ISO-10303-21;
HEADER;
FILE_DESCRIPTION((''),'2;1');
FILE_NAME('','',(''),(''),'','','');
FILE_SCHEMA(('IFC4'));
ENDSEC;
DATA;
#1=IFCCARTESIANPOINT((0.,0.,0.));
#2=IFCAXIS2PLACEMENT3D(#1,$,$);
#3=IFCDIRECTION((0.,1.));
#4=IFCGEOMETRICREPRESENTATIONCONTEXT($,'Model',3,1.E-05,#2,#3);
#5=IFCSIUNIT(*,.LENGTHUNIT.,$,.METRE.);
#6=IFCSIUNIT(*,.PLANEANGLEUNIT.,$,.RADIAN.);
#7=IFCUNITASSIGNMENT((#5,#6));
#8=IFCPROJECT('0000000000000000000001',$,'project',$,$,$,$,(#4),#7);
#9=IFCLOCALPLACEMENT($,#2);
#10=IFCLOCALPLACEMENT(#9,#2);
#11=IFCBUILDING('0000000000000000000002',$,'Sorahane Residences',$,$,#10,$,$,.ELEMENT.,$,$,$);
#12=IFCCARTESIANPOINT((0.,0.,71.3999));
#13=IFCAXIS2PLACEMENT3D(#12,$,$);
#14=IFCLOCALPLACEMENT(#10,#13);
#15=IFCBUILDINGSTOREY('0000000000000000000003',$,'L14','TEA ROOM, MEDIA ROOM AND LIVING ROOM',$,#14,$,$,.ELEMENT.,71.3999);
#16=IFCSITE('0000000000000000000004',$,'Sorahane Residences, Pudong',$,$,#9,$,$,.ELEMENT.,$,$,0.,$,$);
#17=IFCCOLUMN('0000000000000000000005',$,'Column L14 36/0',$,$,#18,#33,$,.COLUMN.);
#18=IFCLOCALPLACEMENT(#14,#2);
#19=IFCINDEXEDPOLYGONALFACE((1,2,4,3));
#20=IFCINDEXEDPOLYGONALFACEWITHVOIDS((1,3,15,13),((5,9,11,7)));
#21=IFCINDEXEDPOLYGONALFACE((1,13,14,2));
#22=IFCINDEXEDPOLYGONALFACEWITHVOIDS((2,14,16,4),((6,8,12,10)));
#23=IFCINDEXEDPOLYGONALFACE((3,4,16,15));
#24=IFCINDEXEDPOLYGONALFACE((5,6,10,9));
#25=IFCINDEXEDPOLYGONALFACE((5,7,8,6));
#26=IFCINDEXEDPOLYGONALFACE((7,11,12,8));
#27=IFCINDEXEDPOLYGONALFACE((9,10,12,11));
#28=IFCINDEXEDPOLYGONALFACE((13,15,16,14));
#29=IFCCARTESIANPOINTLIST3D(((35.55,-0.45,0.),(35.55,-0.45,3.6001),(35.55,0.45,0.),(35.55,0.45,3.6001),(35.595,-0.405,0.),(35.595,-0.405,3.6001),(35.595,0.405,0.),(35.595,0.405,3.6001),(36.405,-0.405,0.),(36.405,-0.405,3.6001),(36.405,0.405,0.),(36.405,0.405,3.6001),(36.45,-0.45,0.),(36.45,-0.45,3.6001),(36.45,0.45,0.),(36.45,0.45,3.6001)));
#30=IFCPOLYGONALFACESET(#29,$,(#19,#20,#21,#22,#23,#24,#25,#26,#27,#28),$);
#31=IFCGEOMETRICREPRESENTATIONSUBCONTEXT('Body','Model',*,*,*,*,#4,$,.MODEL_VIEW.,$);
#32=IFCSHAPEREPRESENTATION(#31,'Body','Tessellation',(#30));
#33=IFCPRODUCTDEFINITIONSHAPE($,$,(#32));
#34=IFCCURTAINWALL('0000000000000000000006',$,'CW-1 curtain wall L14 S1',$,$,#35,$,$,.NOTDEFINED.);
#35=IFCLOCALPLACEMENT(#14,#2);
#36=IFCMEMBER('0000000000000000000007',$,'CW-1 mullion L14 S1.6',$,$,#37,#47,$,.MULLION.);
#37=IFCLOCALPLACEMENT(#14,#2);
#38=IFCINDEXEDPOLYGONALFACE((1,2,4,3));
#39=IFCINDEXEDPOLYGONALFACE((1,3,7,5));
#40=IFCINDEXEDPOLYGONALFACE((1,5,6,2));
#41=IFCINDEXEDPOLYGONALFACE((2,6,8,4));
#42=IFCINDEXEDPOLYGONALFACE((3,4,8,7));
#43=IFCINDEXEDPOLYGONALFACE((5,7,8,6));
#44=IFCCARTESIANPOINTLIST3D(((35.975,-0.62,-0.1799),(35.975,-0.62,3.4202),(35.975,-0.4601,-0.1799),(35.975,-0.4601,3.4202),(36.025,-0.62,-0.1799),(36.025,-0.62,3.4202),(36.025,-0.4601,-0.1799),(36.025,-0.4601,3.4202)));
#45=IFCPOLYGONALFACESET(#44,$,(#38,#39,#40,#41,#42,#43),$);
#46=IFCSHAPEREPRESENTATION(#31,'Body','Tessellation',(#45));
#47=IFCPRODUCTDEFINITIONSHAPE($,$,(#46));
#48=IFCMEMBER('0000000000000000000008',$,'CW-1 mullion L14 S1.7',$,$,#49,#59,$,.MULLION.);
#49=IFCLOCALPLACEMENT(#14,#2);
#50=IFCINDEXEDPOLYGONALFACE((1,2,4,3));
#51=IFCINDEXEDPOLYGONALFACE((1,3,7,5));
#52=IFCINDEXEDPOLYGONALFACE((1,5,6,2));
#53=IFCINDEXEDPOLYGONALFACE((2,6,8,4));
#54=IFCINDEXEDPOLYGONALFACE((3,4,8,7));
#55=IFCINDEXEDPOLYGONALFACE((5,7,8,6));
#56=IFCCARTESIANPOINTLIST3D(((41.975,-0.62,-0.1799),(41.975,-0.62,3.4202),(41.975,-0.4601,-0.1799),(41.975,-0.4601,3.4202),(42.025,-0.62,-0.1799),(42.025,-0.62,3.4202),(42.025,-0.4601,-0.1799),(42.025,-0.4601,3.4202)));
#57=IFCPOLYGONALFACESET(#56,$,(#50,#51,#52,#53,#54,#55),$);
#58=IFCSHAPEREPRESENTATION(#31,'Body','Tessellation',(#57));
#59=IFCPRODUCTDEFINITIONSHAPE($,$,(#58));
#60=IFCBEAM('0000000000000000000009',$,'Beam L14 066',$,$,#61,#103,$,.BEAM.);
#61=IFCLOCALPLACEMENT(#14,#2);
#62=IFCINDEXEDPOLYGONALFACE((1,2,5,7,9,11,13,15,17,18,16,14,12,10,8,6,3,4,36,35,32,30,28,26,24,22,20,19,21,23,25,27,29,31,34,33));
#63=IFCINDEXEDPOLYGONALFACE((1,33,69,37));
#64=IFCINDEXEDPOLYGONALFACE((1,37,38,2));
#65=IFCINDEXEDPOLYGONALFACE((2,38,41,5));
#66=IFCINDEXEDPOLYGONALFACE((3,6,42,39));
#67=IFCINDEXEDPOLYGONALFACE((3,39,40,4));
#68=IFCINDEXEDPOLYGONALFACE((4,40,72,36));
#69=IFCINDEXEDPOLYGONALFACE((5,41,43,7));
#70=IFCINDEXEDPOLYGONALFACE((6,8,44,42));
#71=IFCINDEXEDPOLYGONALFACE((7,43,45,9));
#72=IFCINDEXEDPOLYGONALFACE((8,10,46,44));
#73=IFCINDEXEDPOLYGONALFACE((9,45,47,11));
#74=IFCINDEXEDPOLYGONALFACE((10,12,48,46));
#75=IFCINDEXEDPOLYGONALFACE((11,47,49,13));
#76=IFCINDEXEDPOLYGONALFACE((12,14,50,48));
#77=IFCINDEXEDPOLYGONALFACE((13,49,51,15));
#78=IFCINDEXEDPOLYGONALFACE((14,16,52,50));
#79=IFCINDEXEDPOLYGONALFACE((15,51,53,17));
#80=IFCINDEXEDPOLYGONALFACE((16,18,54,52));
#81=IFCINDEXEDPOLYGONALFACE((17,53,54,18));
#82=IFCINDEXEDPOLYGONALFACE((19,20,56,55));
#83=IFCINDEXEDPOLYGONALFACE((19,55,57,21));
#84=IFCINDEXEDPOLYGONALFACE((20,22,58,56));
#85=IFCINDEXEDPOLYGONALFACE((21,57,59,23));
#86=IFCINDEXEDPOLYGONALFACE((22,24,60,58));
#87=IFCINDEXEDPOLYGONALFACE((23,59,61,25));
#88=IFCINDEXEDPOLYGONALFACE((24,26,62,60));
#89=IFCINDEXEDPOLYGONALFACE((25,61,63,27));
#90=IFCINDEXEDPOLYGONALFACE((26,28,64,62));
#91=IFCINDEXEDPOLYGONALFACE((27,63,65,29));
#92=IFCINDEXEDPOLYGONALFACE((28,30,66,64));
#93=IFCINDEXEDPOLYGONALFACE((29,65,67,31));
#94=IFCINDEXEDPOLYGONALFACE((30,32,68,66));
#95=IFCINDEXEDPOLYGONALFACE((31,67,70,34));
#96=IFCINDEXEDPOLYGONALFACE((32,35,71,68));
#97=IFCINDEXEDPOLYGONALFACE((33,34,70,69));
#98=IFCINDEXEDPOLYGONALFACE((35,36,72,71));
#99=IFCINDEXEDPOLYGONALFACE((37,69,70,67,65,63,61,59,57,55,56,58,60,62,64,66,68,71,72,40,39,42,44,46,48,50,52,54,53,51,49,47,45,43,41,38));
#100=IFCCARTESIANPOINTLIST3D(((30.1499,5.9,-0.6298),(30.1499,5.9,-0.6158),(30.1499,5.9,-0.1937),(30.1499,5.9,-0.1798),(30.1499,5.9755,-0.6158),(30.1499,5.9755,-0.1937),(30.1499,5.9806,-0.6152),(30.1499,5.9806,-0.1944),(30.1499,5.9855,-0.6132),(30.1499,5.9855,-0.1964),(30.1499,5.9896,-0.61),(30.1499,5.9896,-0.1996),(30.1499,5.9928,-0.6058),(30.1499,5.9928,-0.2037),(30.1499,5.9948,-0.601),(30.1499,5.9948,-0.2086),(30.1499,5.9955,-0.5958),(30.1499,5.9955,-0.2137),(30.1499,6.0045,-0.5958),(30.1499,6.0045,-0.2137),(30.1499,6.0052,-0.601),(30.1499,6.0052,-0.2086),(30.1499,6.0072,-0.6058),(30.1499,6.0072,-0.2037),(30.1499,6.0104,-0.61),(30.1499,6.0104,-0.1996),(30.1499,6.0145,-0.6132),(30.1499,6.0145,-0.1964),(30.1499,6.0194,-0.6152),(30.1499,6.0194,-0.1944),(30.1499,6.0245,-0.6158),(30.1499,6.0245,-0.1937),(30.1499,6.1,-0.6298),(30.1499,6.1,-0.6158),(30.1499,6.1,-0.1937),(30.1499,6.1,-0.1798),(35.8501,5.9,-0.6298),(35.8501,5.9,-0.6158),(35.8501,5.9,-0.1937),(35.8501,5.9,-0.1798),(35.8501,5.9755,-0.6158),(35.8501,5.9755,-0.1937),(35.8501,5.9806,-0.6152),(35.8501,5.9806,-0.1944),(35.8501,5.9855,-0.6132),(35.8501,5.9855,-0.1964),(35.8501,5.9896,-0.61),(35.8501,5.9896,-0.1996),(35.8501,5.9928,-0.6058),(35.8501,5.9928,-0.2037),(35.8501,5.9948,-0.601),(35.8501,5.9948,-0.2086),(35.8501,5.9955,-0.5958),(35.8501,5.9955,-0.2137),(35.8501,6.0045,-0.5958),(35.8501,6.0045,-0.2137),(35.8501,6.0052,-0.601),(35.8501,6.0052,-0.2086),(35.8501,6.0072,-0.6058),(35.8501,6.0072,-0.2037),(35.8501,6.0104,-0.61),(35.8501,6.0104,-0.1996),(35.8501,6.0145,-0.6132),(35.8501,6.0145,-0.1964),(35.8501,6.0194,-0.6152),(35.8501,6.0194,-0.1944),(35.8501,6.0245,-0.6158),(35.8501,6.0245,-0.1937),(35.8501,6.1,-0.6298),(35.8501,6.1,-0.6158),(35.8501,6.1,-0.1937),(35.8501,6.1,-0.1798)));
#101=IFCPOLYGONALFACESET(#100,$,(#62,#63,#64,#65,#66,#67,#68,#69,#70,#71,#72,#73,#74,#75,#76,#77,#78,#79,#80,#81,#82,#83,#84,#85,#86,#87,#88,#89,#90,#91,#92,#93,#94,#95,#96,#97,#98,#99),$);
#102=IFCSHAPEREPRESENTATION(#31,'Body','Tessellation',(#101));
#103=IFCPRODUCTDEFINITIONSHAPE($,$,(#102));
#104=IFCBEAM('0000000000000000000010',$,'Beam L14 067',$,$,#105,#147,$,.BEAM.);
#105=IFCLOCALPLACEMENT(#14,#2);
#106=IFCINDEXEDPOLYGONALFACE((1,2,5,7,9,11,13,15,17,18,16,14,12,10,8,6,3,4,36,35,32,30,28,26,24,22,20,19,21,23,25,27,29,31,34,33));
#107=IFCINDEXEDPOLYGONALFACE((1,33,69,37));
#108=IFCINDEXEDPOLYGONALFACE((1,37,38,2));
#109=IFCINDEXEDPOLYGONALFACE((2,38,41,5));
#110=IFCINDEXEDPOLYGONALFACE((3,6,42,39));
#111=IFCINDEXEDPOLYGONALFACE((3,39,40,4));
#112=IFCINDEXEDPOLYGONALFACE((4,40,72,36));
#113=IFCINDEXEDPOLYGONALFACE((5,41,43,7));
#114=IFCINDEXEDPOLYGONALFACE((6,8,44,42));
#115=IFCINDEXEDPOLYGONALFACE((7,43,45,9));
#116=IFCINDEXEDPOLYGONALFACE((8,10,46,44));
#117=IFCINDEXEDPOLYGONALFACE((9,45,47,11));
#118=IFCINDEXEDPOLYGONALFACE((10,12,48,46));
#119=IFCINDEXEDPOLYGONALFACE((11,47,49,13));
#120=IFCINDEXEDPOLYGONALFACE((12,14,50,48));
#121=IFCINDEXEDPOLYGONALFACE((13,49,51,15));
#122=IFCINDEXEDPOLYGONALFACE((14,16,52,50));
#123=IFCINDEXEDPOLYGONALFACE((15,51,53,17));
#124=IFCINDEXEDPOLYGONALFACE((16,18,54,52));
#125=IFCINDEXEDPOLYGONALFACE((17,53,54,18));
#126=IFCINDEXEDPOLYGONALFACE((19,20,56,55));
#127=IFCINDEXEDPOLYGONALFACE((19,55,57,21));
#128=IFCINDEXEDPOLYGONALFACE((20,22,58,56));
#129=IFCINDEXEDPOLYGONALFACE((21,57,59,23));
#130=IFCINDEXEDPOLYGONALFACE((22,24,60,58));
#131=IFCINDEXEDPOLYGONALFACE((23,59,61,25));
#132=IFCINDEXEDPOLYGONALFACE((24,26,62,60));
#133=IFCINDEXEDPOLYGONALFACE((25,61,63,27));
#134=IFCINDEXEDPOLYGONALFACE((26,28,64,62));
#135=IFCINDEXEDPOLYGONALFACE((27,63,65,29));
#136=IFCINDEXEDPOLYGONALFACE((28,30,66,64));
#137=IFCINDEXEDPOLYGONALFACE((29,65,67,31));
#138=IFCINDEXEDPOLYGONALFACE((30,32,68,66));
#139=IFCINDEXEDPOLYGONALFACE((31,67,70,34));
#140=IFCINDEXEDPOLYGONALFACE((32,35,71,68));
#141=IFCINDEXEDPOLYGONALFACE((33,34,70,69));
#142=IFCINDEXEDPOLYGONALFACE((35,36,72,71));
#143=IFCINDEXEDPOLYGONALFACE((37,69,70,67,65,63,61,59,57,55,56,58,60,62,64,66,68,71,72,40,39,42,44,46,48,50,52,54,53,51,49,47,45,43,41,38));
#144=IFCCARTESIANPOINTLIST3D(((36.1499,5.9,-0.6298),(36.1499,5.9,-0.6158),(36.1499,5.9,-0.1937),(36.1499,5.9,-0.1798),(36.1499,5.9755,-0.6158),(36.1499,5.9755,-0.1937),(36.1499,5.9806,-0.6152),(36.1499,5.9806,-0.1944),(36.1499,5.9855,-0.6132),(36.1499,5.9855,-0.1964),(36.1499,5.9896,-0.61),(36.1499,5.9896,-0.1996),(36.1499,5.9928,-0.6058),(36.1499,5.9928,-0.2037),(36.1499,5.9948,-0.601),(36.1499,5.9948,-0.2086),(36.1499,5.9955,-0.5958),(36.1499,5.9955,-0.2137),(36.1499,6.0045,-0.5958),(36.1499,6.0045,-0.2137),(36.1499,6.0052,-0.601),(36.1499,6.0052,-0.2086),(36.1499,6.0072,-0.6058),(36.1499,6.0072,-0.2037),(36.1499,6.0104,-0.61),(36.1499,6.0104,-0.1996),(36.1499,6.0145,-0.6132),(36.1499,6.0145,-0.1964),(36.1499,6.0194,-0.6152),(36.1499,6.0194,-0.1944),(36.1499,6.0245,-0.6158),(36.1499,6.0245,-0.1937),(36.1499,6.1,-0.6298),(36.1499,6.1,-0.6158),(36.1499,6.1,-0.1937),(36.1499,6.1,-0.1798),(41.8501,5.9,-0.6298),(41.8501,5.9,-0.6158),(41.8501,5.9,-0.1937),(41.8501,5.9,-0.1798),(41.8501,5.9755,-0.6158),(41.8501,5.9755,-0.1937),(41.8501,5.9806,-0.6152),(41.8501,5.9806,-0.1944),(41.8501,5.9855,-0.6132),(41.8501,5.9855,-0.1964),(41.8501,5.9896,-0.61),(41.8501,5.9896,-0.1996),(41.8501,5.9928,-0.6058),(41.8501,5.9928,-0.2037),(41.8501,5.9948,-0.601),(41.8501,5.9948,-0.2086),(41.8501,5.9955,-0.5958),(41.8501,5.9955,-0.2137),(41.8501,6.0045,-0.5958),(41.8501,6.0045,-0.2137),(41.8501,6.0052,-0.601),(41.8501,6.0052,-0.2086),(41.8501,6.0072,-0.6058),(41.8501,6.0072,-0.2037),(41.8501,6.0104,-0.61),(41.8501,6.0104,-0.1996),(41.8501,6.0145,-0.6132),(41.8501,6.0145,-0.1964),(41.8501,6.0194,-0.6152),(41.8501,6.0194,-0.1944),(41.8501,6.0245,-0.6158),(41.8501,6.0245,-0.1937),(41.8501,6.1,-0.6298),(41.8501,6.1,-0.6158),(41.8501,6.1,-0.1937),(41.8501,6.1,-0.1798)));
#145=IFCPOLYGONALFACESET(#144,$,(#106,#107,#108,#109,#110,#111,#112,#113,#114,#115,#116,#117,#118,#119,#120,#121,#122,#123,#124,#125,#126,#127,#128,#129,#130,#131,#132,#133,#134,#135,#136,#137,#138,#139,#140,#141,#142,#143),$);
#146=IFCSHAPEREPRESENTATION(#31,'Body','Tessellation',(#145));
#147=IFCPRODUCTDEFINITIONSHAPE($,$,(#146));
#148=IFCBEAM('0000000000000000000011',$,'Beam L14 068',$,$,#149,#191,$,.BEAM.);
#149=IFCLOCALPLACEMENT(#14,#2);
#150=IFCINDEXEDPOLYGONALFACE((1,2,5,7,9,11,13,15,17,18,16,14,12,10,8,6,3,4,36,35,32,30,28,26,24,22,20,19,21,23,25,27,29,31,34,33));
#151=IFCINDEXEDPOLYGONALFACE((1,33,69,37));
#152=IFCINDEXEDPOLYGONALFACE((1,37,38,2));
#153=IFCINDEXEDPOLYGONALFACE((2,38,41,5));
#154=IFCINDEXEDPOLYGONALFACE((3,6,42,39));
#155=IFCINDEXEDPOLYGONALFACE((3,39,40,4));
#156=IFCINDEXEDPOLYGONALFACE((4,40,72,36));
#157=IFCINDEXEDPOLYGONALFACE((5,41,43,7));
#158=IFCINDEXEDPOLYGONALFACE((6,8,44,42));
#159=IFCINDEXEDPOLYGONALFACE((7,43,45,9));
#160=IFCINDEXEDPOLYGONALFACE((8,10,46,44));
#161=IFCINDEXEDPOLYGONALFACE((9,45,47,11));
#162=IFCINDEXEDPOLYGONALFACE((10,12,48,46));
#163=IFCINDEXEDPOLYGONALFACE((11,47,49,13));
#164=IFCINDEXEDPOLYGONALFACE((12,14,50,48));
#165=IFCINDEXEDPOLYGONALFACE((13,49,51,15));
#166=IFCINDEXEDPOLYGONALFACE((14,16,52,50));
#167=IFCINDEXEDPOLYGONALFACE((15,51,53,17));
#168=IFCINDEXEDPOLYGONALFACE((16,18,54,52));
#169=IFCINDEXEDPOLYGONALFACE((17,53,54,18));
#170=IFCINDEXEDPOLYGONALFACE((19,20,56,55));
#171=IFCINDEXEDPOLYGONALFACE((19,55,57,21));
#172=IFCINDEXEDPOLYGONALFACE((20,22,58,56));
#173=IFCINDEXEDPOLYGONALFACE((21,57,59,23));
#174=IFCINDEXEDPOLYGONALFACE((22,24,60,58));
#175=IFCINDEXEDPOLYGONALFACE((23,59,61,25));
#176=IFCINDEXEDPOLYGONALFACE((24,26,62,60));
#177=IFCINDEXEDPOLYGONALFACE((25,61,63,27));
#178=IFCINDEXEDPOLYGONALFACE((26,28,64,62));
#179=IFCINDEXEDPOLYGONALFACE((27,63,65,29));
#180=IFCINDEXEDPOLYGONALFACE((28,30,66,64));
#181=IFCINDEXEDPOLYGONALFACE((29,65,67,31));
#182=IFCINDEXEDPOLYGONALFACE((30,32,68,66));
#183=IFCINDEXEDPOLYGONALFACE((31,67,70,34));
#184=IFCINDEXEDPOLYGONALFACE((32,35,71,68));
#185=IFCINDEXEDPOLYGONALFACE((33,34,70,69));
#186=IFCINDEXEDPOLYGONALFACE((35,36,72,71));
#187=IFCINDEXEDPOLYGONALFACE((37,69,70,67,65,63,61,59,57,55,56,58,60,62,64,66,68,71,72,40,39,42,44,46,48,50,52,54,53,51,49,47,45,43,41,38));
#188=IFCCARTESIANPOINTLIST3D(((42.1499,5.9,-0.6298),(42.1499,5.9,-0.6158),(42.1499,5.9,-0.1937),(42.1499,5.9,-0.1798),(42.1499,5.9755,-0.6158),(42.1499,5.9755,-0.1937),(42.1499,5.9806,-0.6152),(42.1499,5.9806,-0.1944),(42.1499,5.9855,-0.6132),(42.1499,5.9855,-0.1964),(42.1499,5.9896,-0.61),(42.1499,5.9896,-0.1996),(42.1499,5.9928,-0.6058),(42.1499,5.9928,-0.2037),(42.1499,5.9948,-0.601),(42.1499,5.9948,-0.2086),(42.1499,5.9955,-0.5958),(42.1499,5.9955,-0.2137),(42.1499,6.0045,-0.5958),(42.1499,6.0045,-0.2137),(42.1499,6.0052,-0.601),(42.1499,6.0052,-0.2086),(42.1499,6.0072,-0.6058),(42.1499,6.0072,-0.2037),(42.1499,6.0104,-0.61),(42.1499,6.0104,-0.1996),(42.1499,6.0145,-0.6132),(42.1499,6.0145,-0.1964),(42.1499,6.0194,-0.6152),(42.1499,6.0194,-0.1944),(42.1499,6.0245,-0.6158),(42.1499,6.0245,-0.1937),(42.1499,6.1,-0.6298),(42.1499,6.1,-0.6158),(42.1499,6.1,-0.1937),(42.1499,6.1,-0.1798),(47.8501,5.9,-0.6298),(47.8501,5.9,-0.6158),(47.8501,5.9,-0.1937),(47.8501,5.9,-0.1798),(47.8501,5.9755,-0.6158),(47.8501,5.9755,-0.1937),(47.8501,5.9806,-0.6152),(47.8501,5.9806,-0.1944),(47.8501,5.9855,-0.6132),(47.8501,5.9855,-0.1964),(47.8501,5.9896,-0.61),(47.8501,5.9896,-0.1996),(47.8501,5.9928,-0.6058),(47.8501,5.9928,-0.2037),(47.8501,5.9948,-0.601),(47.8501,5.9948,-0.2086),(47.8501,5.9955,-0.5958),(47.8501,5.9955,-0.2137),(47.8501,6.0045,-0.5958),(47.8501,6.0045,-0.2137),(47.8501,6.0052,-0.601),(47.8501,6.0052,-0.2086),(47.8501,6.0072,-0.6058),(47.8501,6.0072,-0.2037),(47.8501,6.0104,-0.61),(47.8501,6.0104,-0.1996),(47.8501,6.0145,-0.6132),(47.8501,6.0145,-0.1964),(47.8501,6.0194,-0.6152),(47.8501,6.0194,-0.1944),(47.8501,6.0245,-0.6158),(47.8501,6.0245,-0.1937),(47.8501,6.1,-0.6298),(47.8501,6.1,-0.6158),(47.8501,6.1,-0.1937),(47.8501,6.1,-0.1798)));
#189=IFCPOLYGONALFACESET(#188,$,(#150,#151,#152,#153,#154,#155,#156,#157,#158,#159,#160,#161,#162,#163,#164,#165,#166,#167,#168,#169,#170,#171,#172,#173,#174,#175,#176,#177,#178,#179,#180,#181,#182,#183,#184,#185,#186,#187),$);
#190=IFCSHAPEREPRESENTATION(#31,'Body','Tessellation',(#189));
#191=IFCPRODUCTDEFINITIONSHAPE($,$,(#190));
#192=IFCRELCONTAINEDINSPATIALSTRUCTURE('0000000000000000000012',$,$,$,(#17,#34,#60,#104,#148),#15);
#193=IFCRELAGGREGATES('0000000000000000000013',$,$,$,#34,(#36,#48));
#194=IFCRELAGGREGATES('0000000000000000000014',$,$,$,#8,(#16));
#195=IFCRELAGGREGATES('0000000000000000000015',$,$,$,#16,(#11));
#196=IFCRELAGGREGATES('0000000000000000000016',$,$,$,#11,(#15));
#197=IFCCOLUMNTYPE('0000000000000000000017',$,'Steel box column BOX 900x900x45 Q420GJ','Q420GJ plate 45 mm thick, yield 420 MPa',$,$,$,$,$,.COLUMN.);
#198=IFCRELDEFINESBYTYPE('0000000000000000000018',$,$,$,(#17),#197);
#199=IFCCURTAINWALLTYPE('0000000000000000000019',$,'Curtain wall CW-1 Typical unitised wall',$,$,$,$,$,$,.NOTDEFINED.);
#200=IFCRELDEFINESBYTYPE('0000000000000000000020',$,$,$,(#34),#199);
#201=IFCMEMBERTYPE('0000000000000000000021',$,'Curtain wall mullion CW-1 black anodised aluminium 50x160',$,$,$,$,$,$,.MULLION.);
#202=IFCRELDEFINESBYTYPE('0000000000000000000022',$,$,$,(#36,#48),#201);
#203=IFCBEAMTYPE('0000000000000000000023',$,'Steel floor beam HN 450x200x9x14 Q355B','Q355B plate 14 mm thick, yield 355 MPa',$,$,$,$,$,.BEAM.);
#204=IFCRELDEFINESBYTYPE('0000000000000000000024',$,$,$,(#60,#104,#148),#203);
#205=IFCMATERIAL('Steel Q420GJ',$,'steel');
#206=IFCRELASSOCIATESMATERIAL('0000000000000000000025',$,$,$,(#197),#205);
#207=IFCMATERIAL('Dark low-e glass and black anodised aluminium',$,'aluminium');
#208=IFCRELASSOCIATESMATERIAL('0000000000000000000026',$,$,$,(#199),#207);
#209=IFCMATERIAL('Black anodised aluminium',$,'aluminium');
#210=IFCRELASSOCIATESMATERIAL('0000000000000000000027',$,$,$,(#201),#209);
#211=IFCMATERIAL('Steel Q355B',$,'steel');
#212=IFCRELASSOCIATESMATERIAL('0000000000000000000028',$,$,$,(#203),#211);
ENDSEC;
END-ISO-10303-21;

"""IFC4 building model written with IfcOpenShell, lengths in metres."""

from ifc_helpers import new_model, si_unit, direction, frame, origin, origin_2d, place, context, subcontext, project, spatial, rectangle, hollow_rectangle, i_section, extrude, material, material_profile, profile_set, type_object, element, aggregate, save


model = new_model("IFC4")

# Units and contexts
model_context = context("Model", 3, precision=1e-05, world=origin(), true_north=direction((0.0, 1.0)))
body_context = subcontext(model_context, "Body", "Model", "MODEL_VIEW")
ifc_project = project(units=[si_unit("LENGTHUNIT", "METRE"), si_unit("PLANEANGLEUNIT", "RADIAN")], contexts=[model_context])

# Site, building, storey
site_placement = place(None, origin())
site = spatial("IfcSite", under=ifc_project, at=site_placement, Name="Sorahane Residences, Pudong", CompositionType="ELEMENT", RefElevation=0.0)
building_placement = place(site_placement, origin())
building = spatial("IfcBuilding", under=site, at=building_placement, Name="Sorahane Residences", CompositionType="ELEMENT")
storey_placement = place(building_placement, frame((0.0, 0.0, 71.3999)))
storey = spatial("IfcBuildingStorey", under=building, at=storey_placement, Name="L14", Description="TEA ROOM, MEDIA ROOM AND LIVING ROOM", CompositionType="ELEMENT", Elevation=71.3999)

# Column
ifc_material_1 = material(Name="Steel Q420GJ", Category="steel")
ifc_material_profile_1 = material_profile(ifc_material_1, hollow_rectangle(XDim=0.8999, YDim=0.8999, WallThickness=0.0449, at=origin_2d()), Name="BOX 900x900x45")
ifc_profile_set_1 = profile_set([ifc_material_profile_1], Name="Steel Q420GJ")
column_type = type_object("IfcColumnType", Name="Steel box column BOX 900x900x45 Q420GJ", Description="Q420GJ plate 45 mm thick, yield 420 MPa", PredefinedType="COLUMN", material=ifc_profile_set_1)
column_placement = place(storey_placement, frame((36.0, 0.0, 0.0), z_axis=(0.0, 0.0, 1.0), x_axis=(1.0, 0.0, 0.0)))
element("IfcColumn", 1, at=column_placement, inside=storey, type_object=column_type, Name="Column L14 36/0", PredefinedType="COLUMN", context=body_context, shape_type="SweptSolid", body=[
    extrude(hollow_rectangle(XDim=0.8999, YDim=0.8999, WallThickness=0.0449, at=origin_2d()), origin(), (0.0, 0.0, 1.0), 3.6001),
])

# Curtain wall, members
ifc_material_2 = material(Name="Dark low-e glass and black anodised aluminium", Category="aluminium")
curtain_wall_type = type_object("IfcCurtainWallType", Name="Curtain wall CW-1 Typical unitised wall", PredefinedType="NOTDEFINED", material=ifc_material_2)
curtain_wall_placement = place(storey_placement, origin())
curtain_wall = element("IfcCurtainWall", 2, at=curtain_wall_placement, inside=storey, type_object=curtain_wall_type, Name="CW-1 curtain wall L14 S1", PredefinedType="NOTDEFINED")
ifc_material_3 = material(Name="Black anodised aluminium", Category="aluminium")
ifc_material_profile_2 = material_profile(ifc_material_3, rectangle(XDim=0.1599, YDim=0.05, at=origin_2d()), Name="Curtain wall mullion CW-1 black anodised aluminium 50x160")
ifc_profile_set_2 = profile_set([ifc_material_profile_2], Name="Black anodised aluminium")
member_type = type_object("IfcMemberType", Name="Curtain wall mullion CW-1 black anodised aluminium 50x160", PredefinedType="MULLION", material=ifc_profile_set_2)
member_1_placement = place(storey_placement, frame((36.0, -0.54, -0.1799), z_axis=(0.0, 0.0, 1.0), x_axis=(0.0, -1.0, 0.0)))
member_1 = element("IfcMember", 3, at=member_1_placement, type_object=member_type, Name="CW-1 mullion L14 S1.6", PredefinedType="MULLION", context=body_context, shape_type="SweptSolid", body=[
    extrude(rectangle(XDim=0.1599, YDim=0.05, at=origin_2d()), origin(), (0.0, 0.0, 1.0), 3.6001),
])
member_2_placement = place(storey_placement, frame((42.0, -0.54, -0.1799), z_axis=(0.0, 0.0, 1.0), x_axis=(0.0, -1.0, 0.0)))
member_2 = element("IfcMember", 4, at=member_2_placement, type_object=member_type, Name="CW-1 mullion L14 S1.7", PredefinedType="MULLION", context=body_context, shape_type="SweptSolid", body=[
    extrude(rectangle(XDim=0.1599, YDim=0.05, at=origin_2d()), origin(), (0.0, 0.0, 1.0), 3.6001),
])

# Beams
ifc_material_4 = material(Name="Steel Q355B", Category="steel")
ifc_material_profile_3 = material_profile(ifc_material_4, i_section(OverallWidth=0.2, OverallDepth=0.45, WebThickness=0.009, FlangeThickness=0.0139, FilletRadius=0.02, at=origin_2d()), Name="HN 450x200x9x14")
ifc_profile_set_3 = profile_set([ifc_material_profile_3], Name="Steel Q355B")
beam_type_1 = type_object("IfcBeamType", Name="Steel floor beam HN 450x200x9x14 Q355B", Description="Q355B plate 14 mm thick, yield 355 MPa", PredefinedType="BEAM", material=ifc_profile_set_3)
for number, where, z_axis, x_axis, name in (
    (5, (30.1499, 6.0, -0.4048), (1.0, 0.0, 0.0), (0.0, 1.0, 0.0), "Beam L14 066"),
    (6, (36.1499, 6.0, -0.4048), (1.0, 0.0, 0.0), (0.0, 1.0, 0.0), "Beam L14 067"),
    (7, (42.1499, 6.0, -0.4048), (1.0, 0.0, 0.0), (0.0, 1.0, 0.0), "Beam L14 068"),
):
    element("IfcBeam", number, at=place(storey_placement, frame(where, z_axis=z_axis, x_axis=x_axis)), inside=storey, type_object=beam_type_1, Name=name, PredefinedType="BEAM", context=body_context, shape_type="SweptSolid", body=[
        extrude(i_section(OverallWidth=0.2, OverallDepth=0.45, WebThickness=0.009, FlangeThickness=0.0139, FilletRadius=0.02, at=origin_2d()), origin(), (0.0, 0.0, 1.0), 5.7002),
    ])

aggregate(curtain_wall, [member_1, member_2])

save(model, "model.ifc")
